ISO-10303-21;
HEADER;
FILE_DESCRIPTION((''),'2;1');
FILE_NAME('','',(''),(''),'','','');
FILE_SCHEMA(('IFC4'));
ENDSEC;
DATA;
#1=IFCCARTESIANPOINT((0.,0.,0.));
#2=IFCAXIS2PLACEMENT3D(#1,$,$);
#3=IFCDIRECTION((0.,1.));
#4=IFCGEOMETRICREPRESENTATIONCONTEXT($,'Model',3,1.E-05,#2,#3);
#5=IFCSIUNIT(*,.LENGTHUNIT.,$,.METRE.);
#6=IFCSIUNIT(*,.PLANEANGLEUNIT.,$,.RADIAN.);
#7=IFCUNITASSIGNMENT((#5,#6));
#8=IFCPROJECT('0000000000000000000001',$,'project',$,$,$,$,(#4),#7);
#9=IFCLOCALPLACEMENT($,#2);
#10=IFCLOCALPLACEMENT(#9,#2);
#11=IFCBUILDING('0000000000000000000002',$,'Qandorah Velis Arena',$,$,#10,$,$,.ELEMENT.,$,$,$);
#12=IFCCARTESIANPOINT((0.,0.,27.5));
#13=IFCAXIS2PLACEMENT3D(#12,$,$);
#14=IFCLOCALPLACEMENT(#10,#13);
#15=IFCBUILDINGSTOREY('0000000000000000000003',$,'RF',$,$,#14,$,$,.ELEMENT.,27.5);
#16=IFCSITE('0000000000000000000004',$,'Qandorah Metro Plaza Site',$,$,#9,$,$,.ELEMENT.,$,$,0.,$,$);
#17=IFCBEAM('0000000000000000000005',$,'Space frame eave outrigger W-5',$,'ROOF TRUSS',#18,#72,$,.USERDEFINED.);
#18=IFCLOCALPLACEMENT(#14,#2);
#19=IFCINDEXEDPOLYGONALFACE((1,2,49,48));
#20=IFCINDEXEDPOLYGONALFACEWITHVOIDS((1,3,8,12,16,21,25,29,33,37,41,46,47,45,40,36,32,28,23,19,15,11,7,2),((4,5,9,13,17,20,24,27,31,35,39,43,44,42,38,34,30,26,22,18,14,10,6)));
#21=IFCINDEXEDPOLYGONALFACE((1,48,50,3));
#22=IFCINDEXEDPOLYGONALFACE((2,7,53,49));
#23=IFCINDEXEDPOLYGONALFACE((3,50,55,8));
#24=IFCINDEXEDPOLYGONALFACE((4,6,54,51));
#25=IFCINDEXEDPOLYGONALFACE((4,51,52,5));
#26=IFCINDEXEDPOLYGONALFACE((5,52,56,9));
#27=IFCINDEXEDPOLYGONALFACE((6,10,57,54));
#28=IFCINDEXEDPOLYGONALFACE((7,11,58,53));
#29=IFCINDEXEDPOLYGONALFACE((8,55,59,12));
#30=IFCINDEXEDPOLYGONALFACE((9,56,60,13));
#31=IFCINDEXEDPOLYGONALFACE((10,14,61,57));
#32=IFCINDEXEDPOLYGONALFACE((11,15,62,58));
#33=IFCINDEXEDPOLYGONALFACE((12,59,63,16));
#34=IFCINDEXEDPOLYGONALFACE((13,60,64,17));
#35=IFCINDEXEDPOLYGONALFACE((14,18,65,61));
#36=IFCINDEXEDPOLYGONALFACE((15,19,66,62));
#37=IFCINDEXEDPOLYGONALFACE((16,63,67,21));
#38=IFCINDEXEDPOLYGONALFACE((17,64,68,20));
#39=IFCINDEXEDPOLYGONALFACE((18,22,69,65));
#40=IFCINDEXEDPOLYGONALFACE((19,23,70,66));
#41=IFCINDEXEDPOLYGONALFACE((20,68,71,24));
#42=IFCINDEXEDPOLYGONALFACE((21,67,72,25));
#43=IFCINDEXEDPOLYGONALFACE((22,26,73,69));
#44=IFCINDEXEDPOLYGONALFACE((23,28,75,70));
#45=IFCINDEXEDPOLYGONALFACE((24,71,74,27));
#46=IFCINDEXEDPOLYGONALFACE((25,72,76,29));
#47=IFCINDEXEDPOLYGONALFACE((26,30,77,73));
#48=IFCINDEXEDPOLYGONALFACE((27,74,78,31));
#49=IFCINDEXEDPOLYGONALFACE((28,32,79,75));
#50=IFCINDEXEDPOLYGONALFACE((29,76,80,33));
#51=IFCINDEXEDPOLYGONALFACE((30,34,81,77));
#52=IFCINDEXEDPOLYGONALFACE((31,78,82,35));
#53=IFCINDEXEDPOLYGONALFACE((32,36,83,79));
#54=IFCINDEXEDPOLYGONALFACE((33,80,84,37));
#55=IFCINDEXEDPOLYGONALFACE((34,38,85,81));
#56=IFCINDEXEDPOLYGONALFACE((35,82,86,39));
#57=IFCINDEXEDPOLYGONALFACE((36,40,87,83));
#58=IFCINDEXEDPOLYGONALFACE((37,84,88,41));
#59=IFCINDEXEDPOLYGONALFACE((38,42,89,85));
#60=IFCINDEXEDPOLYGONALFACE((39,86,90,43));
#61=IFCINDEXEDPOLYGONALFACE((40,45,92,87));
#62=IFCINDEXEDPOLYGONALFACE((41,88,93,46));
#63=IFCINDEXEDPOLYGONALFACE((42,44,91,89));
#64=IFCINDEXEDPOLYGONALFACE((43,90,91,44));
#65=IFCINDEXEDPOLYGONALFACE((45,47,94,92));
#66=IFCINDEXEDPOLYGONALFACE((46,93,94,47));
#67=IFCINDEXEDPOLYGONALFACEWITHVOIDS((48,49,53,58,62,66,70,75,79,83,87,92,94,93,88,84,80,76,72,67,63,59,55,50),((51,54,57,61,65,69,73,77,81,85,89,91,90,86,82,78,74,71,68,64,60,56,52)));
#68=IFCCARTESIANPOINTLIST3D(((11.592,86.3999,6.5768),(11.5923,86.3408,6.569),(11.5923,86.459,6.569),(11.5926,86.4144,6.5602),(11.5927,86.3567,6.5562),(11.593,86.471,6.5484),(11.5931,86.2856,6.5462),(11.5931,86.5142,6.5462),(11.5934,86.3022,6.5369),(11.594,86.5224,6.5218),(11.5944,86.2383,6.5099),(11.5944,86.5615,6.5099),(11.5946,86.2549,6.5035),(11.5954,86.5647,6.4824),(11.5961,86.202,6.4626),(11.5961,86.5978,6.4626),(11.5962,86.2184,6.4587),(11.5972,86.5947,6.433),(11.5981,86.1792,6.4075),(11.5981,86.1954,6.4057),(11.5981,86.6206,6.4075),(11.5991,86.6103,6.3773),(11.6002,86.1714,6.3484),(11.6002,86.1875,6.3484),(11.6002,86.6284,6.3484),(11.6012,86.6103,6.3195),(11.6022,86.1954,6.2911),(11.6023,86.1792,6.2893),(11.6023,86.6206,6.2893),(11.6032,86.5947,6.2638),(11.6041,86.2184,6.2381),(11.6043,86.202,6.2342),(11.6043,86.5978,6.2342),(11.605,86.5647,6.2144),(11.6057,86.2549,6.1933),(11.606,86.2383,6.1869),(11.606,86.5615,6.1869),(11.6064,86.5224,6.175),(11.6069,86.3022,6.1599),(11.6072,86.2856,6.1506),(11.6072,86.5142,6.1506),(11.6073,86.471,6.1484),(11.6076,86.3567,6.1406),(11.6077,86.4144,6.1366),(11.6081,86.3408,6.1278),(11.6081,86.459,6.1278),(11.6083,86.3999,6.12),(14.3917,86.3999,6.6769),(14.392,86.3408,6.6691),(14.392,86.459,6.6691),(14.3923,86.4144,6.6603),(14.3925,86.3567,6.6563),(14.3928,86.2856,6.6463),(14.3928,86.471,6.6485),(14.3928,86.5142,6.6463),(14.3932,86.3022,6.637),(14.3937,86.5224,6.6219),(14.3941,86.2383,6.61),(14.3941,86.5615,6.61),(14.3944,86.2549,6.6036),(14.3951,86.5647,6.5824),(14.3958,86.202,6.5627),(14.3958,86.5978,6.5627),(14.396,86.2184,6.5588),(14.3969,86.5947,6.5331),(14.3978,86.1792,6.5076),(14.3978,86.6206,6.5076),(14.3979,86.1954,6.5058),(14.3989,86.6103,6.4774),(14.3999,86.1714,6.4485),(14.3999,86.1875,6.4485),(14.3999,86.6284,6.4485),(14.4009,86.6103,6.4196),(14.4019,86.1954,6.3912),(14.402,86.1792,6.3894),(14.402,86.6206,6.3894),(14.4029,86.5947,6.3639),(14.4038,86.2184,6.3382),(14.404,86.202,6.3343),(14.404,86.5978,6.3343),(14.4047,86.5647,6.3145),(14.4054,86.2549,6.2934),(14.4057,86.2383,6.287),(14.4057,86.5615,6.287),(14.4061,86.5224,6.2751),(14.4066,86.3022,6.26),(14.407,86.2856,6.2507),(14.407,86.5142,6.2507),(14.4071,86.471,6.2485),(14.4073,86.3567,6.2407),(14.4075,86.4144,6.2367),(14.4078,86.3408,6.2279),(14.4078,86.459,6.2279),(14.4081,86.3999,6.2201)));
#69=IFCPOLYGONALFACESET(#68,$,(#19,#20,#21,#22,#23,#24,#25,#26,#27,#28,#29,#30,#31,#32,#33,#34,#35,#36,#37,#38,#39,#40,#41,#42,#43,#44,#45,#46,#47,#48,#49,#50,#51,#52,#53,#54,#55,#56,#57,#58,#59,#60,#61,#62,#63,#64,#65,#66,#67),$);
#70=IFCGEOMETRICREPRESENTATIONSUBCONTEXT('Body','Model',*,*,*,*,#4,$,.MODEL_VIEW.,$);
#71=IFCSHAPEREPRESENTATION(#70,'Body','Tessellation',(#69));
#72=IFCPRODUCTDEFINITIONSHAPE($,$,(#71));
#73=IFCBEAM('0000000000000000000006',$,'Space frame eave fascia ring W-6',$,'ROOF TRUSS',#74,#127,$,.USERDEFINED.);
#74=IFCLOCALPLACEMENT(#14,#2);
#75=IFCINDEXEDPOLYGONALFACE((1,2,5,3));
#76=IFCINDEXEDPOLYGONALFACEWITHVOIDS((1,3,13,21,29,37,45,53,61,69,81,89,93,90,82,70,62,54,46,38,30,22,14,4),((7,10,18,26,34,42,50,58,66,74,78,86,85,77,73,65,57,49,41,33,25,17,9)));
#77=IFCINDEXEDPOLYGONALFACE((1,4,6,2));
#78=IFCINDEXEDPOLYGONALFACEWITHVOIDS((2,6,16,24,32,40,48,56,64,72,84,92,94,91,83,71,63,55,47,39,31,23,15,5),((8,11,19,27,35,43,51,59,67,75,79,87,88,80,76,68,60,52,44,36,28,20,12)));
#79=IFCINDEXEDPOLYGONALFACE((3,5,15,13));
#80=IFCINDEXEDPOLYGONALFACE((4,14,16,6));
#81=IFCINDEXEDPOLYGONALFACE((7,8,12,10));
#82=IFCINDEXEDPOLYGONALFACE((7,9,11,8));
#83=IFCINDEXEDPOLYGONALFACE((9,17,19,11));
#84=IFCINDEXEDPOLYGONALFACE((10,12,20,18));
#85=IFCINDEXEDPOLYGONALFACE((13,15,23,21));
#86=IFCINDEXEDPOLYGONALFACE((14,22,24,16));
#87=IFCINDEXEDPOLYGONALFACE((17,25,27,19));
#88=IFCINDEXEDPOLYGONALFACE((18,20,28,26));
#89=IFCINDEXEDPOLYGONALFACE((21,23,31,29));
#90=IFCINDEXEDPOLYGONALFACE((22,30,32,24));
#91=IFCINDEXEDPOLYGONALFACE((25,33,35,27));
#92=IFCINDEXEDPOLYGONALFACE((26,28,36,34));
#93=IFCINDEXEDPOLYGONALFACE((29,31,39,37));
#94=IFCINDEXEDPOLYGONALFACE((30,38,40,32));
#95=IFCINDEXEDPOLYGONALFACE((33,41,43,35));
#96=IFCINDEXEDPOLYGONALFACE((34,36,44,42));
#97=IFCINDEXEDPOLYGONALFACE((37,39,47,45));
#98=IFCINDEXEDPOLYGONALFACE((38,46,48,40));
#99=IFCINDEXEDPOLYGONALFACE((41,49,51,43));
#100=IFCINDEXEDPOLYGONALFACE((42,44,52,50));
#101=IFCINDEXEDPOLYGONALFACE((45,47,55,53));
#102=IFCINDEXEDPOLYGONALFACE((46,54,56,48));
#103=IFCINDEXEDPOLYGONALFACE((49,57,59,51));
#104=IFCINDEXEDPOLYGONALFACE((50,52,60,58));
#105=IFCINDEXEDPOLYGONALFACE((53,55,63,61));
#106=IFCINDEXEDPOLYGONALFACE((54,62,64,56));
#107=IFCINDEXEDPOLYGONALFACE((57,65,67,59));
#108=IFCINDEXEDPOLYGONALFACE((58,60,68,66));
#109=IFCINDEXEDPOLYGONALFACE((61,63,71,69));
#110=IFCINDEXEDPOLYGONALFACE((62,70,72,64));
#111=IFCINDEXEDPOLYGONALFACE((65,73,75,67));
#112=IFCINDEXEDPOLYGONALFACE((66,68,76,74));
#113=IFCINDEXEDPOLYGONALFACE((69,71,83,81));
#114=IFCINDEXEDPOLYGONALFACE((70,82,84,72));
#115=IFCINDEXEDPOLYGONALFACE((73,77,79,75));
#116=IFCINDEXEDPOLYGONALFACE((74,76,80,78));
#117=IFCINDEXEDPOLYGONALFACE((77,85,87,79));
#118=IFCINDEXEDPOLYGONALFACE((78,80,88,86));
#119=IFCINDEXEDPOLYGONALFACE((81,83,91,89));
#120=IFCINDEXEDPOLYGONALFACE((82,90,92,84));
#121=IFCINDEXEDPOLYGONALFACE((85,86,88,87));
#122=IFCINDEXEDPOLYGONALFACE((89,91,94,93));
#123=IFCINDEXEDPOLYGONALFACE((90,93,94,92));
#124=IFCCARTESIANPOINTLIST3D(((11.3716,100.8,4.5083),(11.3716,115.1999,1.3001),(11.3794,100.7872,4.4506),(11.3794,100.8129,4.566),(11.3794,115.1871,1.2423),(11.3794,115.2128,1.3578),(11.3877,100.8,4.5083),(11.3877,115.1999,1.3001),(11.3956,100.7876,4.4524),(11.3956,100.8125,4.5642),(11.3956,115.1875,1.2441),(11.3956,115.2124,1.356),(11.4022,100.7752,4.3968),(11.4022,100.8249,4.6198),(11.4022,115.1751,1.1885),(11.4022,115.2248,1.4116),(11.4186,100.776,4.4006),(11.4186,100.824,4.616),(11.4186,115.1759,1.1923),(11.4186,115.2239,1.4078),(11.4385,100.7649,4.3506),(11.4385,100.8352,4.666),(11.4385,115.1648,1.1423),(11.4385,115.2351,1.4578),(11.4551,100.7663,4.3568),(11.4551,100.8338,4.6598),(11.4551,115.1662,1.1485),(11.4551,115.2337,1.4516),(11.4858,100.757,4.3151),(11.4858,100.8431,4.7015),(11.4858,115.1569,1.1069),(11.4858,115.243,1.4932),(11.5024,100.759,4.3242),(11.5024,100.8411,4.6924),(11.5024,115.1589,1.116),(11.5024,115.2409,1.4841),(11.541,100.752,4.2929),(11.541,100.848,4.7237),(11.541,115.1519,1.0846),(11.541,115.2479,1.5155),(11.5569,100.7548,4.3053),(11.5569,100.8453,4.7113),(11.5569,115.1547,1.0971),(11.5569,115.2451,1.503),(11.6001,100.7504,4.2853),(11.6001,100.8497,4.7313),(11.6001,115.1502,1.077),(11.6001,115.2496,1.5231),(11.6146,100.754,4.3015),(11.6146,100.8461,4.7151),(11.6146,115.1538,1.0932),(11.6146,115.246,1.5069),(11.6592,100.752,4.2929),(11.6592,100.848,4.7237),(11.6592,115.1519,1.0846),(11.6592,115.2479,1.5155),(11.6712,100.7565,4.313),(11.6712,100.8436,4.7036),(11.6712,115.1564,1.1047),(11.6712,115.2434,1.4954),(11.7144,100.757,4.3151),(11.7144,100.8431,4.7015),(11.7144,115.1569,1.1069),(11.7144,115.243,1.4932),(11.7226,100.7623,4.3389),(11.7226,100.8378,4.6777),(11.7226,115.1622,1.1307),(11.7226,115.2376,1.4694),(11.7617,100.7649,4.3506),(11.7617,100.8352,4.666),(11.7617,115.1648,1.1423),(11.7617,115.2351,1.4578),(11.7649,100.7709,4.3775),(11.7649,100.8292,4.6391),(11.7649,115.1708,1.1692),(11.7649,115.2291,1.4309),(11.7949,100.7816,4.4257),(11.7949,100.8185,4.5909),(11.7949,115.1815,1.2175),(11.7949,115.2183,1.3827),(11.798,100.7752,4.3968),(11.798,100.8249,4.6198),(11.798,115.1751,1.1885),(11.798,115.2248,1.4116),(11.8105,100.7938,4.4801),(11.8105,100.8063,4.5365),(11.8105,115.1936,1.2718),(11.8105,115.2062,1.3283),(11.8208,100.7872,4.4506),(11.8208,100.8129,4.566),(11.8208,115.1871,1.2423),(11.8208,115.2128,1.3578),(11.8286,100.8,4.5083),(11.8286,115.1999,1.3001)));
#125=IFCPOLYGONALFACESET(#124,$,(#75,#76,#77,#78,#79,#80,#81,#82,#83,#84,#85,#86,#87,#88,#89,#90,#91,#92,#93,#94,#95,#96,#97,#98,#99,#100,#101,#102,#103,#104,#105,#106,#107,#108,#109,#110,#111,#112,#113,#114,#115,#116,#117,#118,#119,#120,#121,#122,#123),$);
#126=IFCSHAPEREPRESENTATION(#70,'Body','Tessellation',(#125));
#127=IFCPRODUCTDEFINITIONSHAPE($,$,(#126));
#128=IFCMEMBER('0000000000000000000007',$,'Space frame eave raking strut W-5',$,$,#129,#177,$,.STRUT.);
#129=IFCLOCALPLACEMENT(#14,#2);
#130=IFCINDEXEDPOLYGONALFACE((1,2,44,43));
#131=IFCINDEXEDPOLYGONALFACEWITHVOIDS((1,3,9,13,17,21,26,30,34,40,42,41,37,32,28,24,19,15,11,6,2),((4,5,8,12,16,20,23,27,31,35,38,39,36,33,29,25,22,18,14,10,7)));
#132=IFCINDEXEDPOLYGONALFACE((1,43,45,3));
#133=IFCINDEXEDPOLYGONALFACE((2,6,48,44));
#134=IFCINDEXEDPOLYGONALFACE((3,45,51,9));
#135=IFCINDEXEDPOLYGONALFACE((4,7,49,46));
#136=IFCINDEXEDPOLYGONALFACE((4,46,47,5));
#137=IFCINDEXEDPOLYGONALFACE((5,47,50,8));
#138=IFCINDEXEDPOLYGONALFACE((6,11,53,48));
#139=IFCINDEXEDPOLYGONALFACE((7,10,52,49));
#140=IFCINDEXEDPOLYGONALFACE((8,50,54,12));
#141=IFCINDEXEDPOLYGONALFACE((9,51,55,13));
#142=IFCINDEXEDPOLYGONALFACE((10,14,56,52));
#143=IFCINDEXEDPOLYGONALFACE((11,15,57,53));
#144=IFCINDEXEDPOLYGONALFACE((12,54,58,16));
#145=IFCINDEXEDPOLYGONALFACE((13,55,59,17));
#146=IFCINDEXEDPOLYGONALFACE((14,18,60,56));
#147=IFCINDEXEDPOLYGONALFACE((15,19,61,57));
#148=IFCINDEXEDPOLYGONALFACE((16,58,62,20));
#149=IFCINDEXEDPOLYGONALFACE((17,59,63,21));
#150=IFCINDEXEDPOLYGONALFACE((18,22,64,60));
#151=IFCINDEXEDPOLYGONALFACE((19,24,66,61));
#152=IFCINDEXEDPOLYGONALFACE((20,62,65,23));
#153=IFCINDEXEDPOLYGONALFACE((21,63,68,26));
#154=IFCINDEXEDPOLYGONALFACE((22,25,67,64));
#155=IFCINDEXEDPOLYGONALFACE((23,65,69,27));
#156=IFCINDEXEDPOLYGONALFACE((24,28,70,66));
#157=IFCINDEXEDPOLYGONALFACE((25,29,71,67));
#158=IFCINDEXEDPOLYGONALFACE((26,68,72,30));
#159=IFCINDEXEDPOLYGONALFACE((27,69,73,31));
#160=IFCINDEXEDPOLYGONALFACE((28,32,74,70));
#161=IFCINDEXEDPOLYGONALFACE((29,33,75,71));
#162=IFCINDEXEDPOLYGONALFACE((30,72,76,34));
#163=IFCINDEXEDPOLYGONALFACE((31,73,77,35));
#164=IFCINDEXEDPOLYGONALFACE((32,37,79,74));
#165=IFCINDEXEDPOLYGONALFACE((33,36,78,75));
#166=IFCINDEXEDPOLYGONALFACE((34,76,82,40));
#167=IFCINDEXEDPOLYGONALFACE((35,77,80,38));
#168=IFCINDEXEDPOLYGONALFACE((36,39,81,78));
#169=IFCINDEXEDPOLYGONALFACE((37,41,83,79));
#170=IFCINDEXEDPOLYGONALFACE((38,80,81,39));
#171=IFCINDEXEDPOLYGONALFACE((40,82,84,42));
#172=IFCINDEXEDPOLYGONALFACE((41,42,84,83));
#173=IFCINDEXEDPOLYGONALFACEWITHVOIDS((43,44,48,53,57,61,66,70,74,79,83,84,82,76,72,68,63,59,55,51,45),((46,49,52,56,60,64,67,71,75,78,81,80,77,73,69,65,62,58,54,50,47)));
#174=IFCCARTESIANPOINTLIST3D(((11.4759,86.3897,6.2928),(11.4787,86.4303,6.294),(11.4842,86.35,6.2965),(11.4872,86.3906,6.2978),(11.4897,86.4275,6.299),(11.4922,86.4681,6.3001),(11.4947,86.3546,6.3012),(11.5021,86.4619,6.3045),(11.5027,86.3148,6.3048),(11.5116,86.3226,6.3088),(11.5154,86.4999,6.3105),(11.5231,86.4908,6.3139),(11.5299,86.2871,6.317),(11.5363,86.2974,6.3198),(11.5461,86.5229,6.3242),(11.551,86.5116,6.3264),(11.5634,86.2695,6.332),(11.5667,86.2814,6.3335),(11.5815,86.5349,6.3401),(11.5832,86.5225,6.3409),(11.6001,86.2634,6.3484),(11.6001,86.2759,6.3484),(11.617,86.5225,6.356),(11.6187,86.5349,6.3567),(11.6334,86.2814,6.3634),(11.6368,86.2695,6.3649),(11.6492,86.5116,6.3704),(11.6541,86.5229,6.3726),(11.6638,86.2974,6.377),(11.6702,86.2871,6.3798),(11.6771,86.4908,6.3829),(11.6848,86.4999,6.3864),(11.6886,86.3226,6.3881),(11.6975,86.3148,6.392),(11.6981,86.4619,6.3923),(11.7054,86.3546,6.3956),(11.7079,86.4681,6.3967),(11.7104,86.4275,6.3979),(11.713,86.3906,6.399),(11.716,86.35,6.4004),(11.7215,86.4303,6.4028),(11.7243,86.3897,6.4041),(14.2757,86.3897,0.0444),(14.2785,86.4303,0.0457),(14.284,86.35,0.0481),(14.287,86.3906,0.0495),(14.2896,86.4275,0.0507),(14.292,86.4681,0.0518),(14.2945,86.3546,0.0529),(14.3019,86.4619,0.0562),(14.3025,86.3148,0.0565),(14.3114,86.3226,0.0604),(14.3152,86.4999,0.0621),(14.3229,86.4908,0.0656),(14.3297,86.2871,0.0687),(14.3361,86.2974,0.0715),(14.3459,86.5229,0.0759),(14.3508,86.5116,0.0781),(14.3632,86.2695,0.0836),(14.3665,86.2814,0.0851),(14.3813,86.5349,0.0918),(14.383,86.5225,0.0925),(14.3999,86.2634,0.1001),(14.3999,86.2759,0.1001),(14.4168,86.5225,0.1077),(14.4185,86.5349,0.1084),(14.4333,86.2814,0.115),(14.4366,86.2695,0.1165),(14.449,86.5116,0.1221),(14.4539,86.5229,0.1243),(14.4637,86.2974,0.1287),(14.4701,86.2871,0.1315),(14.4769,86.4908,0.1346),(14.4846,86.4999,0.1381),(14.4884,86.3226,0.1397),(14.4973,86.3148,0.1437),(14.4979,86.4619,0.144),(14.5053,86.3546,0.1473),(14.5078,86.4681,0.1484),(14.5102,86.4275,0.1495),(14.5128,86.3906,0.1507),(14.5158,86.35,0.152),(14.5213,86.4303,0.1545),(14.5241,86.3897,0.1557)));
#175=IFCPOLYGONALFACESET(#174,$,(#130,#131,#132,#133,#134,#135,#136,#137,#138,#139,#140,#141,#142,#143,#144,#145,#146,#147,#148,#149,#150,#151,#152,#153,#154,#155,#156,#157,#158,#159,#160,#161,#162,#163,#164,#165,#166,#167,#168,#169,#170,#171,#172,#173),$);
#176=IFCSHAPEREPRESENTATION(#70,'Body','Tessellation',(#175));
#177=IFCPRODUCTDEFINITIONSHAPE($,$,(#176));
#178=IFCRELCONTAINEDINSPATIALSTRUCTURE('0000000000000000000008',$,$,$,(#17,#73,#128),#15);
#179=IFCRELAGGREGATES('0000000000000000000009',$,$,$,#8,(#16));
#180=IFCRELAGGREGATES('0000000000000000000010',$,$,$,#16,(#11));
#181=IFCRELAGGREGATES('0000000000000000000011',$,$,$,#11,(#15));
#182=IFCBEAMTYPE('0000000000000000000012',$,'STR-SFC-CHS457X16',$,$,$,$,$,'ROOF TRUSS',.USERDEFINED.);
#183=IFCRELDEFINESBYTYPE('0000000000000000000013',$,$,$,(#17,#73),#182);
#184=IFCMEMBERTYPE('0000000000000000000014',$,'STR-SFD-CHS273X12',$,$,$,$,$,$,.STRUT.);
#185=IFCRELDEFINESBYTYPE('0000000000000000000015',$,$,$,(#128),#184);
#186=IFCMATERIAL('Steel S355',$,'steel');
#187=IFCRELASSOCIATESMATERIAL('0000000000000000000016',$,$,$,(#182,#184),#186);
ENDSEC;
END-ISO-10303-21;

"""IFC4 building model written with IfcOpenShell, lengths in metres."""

from ifc_helpers import new_model, si_unit, direction, frame, origin, origin_2d, place, context, subcontext, project, spatial, hollow_circle, extrude, material, material_profile, profile_set, type_object, element, save


model = new_model("IFC4")

# Units and contexts
model_context = context("Model", 3, precision=1e-05, world=origin(), true_north=direction((0.0, 1.0)))
body_context = subcontext(model_context, "Body", "Model", "MODEL_VIEW")
ifc_project = project(units=[si_unit("LENGTHUNIT", "METRE"), si_unit("PLANEANGLEUNIT", "RADIAN")], contexts=[model_context])

# Site, building, storey
site_placement = place(None, origin())
site = spatial("IfcSite", under=ifc_project, at=site_placement, Name="Qandorah Metro Plaza Site", CompositionType="ELEMENT", RefElevation=0.0)
building_placement = place(site_placement, origin())
building = spatial("IfcBuilding", under=site, at=building_placement, Name="Qandorah Velis Arena", CompositionType="ELEMENT")
storey_placement = place(building_placement, frame((0.0, 0.0, 27.5)))
storey = spatial("IfcBuildingStorey", under=building, at=storey_placement, Name="RF", CompositionType="ELEMENT", Elevation=27.5)

# Beams
ifc_material_1 = material(Name="Steel S355", Category="steel")
ifc_material_profile_1 = material_profile(ifc_material_1, hollow_circle(Radius=0.2285, WallThickness=0.0161, at=origin_2d()), Name="CHS 457x16")
ifc_profile_set_1 = profile_set([ifc_material_profile_1], Name="Steel S355")
beam_type_1 = type_object("IfcBeamType", Name="STR-SFC-CHS457X16", ElementType="ROOF TRUSS", PredefinedType="USERDEFINED", material=ifc_profile_set_1)
beam_1_placement = place(storey_placement, frame((14.3999, 86.3999, 6.4485), z_axis=(-0.999362, 0.0, -0.035729), x_axis=(0.0, -1.0, 0.0)))
element("IfcBeam", 1, at=beam_1_placement, inside=storey, type_object=beam_type_1, Name="Space frame eave outrigger W-5", ObjectType="ROOF TRUSS", PredefinedType="USERDEFINED", context=body_context, shape_type="SweptSolid", body=[
    extrude(hollow_circle(Radius=0.2285, WallThickness=0.0161, at=origin_2d()), origin(), (0.0, 0.0, 1.0), 2.8015),
])
beam_2_placement = place(storey_placement, frame((11.6001, 100.8, 4.5083), z_axis=(0.0, 0.976068, -0.217465), x_axis=(-1.0, 0.0, 0.0)))
element("IfcBeam", 2, at=beam_2_placement, inside=storey, type_object=beam_type_1, Name="Space frame eave fascia ring W-6", ObjectType="ROOF TRUSS", PredefinedType="USERDEFINED", context=body_context, shape_type="SweptSolid", body=[
    extrude(hollow_circle(Radius=0.2285, WallThickness=0.0161, at=origin_2d()), origin(), (0.0, 0.0, 1.0), 14.7529),
])

# Member
ifc_material_profile_2 = material_profile(ifc_material_1, hollow_circle(Radius=0.1365, WallThickness=0.0125, at=origin_2d()), Name="CHS 273x12.5")
ifc_profile_set_2 = profile_set([ifc_material_profile_2], Name="Steel S355")
member_type_1 = type_object("IfcMemberType", Name="STR-SFD-CHS273X12", PredefinedType="STRUT", material=ifc_profile_set_2)
member_1_placement = place(storey_placement, frame((14.3999, 86.3999, 0.1001), z_axis=(-0.408916, 0.0, 0.912572), x_axis=(0.0, -1.0, 0.0)))
element("IfcMember", 3, at=member_1_placement, inside=storey, type_object=member_type_1, Name="Space frame eave raking strut W-5", PredefinedType="STRUT", context=body_context, shape_type="SweptSolid", body=[
    extrude(hollow_circle(Radius=0.1365, WallThickness=0.0125, at=origin_2d()), origin(), (0.0, 0.0, 1.0), 6.8469),
])

save(model, "model.ifc")
